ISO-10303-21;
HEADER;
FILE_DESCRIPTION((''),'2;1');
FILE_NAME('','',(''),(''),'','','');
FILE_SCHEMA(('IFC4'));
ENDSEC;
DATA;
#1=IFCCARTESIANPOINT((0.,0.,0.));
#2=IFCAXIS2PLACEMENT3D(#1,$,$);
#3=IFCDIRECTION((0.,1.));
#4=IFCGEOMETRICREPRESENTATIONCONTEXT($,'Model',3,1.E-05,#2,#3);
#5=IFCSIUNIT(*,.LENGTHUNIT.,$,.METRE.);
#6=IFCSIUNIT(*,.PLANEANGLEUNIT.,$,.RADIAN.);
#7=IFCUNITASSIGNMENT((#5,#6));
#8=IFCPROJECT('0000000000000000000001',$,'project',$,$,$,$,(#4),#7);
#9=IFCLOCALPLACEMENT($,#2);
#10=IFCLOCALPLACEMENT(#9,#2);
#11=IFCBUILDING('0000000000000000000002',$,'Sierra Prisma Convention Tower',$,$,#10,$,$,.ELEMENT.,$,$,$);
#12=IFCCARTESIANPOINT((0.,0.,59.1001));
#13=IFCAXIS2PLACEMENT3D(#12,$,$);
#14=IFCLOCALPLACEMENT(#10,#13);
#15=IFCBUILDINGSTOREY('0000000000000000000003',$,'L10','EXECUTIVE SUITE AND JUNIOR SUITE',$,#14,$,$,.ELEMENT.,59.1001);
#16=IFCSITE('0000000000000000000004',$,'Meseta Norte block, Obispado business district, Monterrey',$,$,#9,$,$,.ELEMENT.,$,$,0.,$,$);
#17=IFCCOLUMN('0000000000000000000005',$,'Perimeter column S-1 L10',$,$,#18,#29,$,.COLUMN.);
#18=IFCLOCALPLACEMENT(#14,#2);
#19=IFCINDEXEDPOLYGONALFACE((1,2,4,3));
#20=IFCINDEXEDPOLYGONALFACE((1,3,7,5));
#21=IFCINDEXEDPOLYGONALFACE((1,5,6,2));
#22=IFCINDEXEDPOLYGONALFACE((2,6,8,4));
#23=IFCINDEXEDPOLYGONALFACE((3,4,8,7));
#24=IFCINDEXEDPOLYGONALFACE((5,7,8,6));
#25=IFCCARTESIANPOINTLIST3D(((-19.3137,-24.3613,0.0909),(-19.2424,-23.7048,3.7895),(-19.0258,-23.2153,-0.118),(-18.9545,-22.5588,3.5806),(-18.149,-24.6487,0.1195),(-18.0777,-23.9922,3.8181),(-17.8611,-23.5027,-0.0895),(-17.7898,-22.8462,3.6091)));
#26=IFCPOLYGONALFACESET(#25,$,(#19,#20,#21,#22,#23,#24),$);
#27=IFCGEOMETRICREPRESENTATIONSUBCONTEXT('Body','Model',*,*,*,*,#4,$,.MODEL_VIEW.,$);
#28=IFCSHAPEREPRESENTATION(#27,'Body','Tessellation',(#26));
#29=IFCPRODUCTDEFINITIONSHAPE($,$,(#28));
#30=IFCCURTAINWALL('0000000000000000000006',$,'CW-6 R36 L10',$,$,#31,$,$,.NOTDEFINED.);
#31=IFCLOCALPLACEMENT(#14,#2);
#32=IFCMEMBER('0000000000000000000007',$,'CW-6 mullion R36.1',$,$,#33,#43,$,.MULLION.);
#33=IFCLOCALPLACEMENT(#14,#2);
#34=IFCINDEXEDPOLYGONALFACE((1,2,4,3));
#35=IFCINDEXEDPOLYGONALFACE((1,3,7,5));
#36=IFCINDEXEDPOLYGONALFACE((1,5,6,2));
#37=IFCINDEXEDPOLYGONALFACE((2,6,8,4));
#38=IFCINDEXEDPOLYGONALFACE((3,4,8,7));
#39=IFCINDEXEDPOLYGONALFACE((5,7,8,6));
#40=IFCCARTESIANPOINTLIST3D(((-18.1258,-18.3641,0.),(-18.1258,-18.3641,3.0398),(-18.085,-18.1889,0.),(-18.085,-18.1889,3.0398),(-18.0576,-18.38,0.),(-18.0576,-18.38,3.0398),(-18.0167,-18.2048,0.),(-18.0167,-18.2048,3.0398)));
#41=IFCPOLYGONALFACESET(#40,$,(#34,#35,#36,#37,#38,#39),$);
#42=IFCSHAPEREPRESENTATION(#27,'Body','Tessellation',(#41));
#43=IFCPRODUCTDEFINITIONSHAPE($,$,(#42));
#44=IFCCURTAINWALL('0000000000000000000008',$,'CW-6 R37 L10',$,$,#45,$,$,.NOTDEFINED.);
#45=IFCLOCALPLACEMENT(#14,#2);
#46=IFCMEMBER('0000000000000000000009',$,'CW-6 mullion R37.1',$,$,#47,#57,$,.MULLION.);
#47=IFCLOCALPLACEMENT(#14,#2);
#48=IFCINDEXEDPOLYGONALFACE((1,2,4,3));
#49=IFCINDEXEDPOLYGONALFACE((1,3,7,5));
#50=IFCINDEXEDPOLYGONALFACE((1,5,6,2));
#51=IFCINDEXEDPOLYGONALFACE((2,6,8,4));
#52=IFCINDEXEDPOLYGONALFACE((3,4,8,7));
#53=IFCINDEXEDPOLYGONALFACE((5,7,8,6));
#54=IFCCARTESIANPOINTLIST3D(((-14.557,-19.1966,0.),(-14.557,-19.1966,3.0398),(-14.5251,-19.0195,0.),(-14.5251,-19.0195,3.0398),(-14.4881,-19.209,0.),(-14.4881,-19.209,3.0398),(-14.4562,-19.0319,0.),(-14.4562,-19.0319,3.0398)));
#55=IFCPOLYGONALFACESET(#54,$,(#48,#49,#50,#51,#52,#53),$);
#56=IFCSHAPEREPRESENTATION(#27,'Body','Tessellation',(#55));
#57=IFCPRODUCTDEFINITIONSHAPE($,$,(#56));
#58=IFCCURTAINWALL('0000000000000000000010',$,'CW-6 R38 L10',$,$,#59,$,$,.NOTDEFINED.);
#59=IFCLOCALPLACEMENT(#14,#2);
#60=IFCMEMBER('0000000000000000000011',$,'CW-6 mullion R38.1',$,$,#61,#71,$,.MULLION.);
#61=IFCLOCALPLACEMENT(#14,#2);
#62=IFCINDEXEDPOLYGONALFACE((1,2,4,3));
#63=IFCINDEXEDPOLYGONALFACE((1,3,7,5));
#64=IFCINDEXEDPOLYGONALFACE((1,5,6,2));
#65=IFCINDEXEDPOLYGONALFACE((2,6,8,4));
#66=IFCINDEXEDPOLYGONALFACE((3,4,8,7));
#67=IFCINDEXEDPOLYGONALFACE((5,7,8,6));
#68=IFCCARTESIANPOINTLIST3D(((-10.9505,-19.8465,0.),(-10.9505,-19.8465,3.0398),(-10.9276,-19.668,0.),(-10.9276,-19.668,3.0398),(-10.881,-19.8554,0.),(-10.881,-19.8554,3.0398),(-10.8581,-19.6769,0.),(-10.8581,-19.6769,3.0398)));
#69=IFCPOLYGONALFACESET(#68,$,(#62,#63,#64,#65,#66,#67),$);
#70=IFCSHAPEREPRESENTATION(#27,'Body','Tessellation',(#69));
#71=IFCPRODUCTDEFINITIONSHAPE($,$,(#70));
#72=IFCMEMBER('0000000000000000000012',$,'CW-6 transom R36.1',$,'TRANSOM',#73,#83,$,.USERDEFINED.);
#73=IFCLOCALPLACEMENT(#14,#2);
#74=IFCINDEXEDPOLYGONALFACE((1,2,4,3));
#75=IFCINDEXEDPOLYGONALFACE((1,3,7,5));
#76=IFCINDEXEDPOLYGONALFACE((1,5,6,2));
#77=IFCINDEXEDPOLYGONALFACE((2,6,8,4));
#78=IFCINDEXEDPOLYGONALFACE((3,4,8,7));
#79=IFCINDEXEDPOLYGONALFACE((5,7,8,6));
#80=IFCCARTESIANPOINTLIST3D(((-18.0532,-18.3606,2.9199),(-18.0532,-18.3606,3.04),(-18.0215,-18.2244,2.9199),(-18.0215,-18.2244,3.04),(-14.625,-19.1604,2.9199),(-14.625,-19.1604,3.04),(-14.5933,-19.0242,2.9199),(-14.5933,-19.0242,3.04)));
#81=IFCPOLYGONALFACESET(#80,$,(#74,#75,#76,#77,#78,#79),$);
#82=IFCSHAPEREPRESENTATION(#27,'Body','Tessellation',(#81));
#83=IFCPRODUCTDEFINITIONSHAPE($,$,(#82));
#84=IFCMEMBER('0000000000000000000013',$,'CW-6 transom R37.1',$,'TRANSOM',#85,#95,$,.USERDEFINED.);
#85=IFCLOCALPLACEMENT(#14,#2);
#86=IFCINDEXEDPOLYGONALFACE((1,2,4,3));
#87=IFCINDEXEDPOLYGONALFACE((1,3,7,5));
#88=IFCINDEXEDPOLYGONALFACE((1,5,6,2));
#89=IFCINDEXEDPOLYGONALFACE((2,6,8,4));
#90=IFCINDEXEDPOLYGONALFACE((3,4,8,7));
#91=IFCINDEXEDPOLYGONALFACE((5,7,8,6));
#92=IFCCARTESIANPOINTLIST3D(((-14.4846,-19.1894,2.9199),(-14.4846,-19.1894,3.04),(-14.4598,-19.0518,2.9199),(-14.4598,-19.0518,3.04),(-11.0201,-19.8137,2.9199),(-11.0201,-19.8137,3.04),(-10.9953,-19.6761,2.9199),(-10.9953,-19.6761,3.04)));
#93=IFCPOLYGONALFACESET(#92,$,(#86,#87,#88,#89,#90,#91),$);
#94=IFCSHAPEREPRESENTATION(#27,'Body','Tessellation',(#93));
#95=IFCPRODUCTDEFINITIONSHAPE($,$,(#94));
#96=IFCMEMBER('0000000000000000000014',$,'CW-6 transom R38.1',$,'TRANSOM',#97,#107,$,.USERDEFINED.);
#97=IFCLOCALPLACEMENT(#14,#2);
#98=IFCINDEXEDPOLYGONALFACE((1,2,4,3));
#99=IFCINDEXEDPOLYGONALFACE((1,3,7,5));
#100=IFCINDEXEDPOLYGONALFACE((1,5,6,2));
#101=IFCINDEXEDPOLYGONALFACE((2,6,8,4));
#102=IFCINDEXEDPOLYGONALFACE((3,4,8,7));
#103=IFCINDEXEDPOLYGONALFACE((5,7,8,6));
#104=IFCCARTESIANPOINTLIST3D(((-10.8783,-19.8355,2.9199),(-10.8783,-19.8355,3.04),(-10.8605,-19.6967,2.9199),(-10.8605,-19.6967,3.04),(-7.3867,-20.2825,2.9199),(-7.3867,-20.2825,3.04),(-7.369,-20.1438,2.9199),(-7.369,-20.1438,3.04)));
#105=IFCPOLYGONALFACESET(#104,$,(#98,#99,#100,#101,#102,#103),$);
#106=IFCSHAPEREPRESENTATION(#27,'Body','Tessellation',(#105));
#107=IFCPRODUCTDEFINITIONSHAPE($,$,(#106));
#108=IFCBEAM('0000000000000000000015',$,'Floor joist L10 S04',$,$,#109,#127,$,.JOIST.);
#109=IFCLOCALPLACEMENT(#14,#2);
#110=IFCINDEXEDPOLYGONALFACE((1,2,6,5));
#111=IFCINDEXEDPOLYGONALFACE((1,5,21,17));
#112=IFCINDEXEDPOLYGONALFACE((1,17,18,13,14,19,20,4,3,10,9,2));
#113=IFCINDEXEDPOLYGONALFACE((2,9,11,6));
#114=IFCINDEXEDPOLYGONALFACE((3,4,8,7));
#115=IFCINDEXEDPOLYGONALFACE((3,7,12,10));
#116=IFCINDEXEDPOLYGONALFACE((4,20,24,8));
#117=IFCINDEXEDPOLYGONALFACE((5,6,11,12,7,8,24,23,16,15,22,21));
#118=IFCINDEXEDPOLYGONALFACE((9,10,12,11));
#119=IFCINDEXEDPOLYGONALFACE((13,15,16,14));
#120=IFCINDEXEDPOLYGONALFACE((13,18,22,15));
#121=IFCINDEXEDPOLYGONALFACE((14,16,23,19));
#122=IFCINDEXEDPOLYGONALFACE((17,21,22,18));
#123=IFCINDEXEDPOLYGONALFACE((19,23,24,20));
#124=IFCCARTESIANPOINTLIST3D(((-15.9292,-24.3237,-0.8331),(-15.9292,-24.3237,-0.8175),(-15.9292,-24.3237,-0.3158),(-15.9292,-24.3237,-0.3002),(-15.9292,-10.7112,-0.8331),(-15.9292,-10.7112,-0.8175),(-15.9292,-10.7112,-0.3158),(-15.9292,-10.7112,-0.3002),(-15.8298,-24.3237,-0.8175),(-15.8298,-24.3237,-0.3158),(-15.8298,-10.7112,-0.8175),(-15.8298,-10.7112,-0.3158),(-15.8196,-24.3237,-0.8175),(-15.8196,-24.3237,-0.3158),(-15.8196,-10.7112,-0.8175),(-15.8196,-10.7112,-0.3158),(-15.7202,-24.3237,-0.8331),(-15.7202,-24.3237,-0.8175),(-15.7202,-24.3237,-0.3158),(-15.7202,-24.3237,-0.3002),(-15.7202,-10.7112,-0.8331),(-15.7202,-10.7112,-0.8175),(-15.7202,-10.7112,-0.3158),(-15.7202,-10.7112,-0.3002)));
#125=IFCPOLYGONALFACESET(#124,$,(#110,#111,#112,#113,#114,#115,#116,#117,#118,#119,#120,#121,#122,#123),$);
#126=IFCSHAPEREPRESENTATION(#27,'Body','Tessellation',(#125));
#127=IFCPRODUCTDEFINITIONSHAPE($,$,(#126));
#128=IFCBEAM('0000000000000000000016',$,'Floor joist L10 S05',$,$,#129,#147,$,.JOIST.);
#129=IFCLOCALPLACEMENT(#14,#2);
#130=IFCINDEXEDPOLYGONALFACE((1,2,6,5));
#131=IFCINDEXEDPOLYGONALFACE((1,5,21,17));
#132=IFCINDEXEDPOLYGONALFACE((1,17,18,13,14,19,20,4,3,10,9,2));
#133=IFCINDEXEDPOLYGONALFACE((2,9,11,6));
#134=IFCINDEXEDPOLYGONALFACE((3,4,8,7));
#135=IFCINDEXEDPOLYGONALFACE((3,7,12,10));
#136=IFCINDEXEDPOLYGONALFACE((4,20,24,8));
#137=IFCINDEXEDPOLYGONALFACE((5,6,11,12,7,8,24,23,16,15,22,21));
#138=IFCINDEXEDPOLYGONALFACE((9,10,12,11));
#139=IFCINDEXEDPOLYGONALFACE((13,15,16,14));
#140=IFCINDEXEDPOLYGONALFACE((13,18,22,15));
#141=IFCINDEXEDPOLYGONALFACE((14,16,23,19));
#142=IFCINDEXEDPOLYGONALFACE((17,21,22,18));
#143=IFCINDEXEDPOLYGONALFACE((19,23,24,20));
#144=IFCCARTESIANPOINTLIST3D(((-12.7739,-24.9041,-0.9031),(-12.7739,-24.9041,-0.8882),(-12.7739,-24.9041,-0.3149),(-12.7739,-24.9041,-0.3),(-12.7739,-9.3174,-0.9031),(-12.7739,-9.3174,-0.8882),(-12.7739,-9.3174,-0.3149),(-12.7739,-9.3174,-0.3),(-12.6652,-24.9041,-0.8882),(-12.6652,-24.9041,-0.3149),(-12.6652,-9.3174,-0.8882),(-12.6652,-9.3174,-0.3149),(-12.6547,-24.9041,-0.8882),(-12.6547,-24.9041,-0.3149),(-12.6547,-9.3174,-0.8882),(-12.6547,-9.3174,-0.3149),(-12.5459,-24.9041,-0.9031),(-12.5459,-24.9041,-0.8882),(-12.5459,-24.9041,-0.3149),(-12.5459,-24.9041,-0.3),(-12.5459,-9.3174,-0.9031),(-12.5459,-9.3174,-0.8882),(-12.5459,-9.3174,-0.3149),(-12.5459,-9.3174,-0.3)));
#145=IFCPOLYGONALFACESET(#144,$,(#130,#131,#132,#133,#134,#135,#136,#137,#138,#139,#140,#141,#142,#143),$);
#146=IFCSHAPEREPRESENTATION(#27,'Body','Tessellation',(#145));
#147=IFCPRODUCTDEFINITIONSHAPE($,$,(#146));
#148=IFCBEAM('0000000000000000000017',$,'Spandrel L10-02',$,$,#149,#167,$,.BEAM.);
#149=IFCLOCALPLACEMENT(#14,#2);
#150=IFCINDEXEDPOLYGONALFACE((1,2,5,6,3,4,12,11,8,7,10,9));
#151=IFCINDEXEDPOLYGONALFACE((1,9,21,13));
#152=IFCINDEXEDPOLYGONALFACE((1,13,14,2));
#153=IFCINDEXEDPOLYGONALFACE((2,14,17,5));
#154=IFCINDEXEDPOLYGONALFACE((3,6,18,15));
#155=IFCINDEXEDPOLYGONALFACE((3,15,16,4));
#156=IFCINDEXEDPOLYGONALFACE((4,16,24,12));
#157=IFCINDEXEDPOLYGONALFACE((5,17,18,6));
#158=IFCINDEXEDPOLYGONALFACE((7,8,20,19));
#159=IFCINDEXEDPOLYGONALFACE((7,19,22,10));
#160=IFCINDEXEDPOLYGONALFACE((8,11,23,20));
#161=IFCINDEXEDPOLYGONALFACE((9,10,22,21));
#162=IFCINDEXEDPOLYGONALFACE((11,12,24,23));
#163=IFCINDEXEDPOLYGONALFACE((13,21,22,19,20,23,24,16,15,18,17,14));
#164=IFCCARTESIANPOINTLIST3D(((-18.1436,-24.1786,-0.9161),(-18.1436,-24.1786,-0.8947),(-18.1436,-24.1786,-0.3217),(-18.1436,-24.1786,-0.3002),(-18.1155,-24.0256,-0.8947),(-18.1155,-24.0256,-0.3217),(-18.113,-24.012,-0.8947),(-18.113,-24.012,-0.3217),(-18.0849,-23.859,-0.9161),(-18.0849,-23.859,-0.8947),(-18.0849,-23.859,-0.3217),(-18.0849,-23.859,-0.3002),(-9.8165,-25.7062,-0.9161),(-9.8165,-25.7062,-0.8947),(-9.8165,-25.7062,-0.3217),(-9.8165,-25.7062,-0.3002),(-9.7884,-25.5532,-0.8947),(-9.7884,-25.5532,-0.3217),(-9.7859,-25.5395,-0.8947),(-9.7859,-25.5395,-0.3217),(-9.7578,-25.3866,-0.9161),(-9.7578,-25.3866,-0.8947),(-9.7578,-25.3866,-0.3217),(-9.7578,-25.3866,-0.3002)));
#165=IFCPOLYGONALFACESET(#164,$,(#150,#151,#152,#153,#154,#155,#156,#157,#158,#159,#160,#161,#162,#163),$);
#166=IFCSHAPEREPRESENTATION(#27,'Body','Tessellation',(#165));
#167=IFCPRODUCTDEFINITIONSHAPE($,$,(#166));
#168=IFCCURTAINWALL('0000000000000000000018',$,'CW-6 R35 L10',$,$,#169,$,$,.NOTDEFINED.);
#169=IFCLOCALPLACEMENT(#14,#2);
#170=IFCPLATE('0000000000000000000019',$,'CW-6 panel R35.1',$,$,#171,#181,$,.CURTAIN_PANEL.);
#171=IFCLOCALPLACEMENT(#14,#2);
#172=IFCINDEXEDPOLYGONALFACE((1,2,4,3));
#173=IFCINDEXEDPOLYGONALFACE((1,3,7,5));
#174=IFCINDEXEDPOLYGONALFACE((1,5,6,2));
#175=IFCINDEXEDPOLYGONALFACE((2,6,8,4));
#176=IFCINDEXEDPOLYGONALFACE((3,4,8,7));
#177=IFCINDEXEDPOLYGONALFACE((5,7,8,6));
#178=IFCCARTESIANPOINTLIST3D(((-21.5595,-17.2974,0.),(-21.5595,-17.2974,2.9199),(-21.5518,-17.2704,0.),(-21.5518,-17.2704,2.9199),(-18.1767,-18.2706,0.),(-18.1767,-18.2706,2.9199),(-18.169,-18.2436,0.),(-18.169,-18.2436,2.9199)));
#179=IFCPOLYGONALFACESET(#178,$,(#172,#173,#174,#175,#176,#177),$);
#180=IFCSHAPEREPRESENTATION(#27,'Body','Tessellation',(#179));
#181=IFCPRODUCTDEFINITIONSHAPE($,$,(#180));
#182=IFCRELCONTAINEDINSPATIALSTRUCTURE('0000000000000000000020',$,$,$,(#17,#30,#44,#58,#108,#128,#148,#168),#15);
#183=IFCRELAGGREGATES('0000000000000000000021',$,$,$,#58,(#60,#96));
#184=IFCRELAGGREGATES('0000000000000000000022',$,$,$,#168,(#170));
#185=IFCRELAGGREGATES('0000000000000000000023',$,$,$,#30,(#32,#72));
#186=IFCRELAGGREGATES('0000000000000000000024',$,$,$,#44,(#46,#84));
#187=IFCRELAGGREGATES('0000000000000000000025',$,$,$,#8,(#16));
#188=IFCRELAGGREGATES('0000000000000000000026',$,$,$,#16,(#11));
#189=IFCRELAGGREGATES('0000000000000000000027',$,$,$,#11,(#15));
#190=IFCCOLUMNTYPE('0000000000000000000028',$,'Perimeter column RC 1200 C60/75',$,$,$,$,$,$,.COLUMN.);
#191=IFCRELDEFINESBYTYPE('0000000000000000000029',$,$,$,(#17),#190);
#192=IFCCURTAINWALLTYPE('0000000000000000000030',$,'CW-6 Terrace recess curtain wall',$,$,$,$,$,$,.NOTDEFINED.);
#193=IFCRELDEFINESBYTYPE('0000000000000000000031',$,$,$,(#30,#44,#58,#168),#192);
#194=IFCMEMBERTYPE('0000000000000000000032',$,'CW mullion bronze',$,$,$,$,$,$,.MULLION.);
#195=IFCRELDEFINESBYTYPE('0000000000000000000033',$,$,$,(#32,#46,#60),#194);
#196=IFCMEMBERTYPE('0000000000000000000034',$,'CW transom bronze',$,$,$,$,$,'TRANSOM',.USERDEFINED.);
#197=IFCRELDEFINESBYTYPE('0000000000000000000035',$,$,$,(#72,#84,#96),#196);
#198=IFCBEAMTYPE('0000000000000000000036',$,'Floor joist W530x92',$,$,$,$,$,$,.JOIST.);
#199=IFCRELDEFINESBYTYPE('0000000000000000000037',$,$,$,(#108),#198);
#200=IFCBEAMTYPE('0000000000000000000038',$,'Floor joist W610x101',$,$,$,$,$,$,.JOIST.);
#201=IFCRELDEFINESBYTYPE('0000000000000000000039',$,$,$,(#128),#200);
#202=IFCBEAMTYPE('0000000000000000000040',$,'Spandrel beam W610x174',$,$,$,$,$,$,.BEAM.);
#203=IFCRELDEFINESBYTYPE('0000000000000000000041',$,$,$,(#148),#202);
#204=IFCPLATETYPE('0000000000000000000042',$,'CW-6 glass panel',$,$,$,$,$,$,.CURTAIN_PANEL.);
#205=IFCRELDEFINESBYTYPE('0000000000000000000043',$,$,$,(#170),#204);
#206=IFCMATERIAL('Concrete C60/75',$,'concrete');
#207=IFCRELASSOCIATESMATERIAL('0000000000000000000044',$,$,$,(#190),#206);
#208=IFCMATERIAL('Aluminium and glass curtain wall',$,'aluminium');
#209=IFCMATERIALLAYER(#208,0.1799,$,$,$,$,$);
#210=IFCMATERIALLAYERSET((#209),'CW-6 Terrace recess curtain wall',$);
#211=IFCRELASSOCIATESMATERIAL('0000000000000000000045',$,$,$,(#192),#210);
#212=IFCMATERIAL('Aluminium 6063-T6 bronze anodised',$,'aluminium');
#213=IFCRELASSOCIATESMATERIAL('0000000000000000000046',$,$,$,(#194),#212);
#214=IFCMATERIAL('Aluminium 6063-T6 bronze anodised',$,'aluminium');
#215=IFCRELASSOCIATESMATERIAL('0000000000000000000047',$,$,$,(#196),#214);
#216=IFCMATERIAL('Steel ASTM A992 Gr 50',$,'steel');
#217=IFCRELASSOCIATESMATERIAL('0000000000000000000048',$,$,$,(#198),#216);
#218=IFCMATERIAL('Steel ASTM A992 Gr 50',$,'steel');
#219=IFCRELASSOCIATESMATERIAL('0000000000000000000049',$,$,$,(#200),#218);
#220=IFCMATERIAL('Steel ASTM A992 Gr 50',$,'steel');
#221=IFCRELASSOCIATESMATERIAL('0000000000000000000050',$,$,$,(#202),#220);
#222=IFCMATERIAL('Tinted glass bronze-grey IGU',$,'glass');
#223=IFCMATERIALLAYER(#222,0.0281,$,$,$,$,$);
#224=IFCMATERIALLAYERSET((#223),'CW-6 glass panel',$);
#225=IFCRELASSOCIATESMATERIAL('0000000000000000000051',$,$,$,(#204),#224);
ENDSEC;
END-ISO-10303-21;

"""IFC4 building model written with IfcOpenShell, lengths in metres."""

from ifc_helpers import new_model, si_unit, direction, frame, origin, origin_2d, place, context, subcontext, project, spatial, rectangle, i_section, extrude, clip, halfspace, material, layer, layer_set, material_profile, profile_set, type_object, element, aggregate, save


model = new_model("IFC4")

# Units and contexts
model_context = context("Model", 3, precision=1e-05, world=origin(), true_north=direction((0.0, 1.0)))
body_context = subcontext(model_context, "Body", "Model", "MODEL_VIEW")
ifc_project = project(units=[si_unit("LENGTHUNIT", "METRE"), si_unit("PLANEANGLEUNIT", "RADIAN")], contexts=[model_context])

# Site, building, storey
site_placement = place(None, origin())
site = spatial("IfcSite", under=ifc_project, at=site_placement, Name="Meseta Norte block, Obispado business district, Monterrey", CompositionType="ELEMENT", RefElevation=0.0)
building_placement = place(site_placement, origin())
building = spatial("IfcBuilding", under=site, at=building_placement, Name="Sierra Prisma Convention Tower", CompositionType="ELEMENT")
storey_placement = place(building_placement, frame((0.0, 0.0, 59.1001)))
storey = spatial("IfcBuildingStorey", under=building, at=storey_placement, Name="L10", Description="EXECUTIVE SUITE AND JUNIOR SUITE", CompositionType="ELEMENT", Elevation=59.1001)

# Column
ifc_material_1 = material(Name="Concrete C60/75", Category="concrete")
ifc_material_profile_1 = material_profile(ifc_material_1, rectangle(XDim=1.2, YDim=1.2, at=origin_2d()), Name="Perimeter column RC 1200 C60/75")
ifc_profile_set_1 = profile_set([ifc_material_profile_1], Name="Concrete C60/75")
column_type = type_object("IfcColumnType", Name="Perimeter column RC 1200 C60/75", PredefinedType="COLUMN", material=ifc_profile_set_1)
column_placement = place(storey_placement, frame((-18.5874, -23.9321, 0.0), z_axis=(0.018968, 0.174736, 0.984433), x_axis=(-0.970613, 0.239464, -0.023803)))
element("IfcColumn", 1, at=column_placement, inside=storey, type_object=column_type, Name="Perimeter column S-1 L10", PredefinedType="COLUMN", context=body_context, shape_type="SweptSolid", body=[
    clip(clip(extrude(rectangle(XDim=1.2, YDim=1.2, at=origin_2d()), origin(), (0.0, 0.0, 1.0), 3.7585), halfspace(frame((0.0, 0.0, 0.0007)), True)), halfspace(frame((0.0, 0.0, 3.7578)), False)),
])

# Curtain walls, members
ifc_material_2 = material(Name="Aluminium and glass curtain wall", Category="aluminium")
ifc_layer_1 = layer(ifc_material_2, 0.1799)
ifc_layer_set_1 = layer_set([ifc_layer_1], Name="CW-6 Terrace recess curtain wall")
curtain_wall_type = type_object("IfcCurtainWallType", Name="CW-6 Terrace recess curtain wall", PredefinedType="NOTDEFINED", material=ifc_layer_set_1)
curtain_wall_1_placement = place(storey_placement, origin())
curtain_wall_1 = element("IfcCurtainWall", 2, at=curtain_wall_1_placement, inside=storey, type_object=curtain_wall_type, Name="CW-6 R36 L10", PredefinedType="NOTDEFINED")
ifc_material_3 = material(Name="Aluminium 6063-T6 bronze anodised", Category="aluminium")
ifc_material_profile_2 = material_profile(ifc_material_3, rectangle(XDim=0.1799, YDim=0.0701, at=origin_2d()), Name="ALU MULLION 70x180")
ifc_profile_set_2 = profile_set([ifc_material_profile_2], Name="Aluminium 6063-T6 bronze anodised")
member_type_1 = type_object("IfcMemberType", Name="CW mullion bronze", PredefinedType="MULLION", material=ifc_profile_set_2)
member_1_placement = place(storey_placement, frame((-18.0713, -18.2844, 0.0), z_axis=(0.0, 0.0, 1.0), x_axis=(0.227205, 0.973847, 0.0)))
member_1 = element("IfcMember", 3, at=member_1_placement, type_object=member_type_1, Name="CW-6 mullion R36.1", PredefinedType="MULLION", context=body_context, shape_type="SweptSolid", body=[
    extrude(rectangle(XDim=0.1799, YDim=0.0701, at=origin_2d()), origin(), (0.0, 0.0, 1.0), 3.0398),
])
curtain_wall_2_placement = place(storey_placement, origin())
curtain_wall_2 = element("IfcCurtainWall", 4, at=curtain_wall_2_placement, inside=storey, type_object=curtain_wall_type, Name="CW-6 R37 L10", PredefinedType="NOTDEFINED")
member_2_placement = place(storey_placement, frame((-14.5066, -19.1143, 0.0), z_axis=(0.0, 0.0, 1.0), x_axis=(0.177329, 0.984152, 0.0)))
member_2 = element("IfcMember", 5, at=member_2_placement, type_object=member_type_1, Name="CW-6 mullion R37.1", PredefinedType="MULLION", context=body_context, shape_type="SweptSolid", body=[
    extrude(rectangle(XDim=0.1799, YDim=0.0701, at=origin_2d()), origin(), (0.0, 0.0, 1.0), 3.0398),
])
curtain_wall_3_placement = place(storey_placement, origin())
curtain_wall_3 = element("IfcCurtainWall", 6, at=curtain_wall_3_placement, inside=storey, type_object=curtain_wall_type, Name="CW-6 R38 L10", PredefinedType="NOTDEFINED")
member_3_placement = place(storey_placement, frame((-10.9043, -19.7617, 0.0), z_axis=(0.0, 0.0, 1.0), x_axis=(0.126993, 0.991904, 0.0)))
member_3 = element("IfcMember", 7, at=member_3_placement, type_object=member_type_1, Name="CW-6 mullion R38.1", PredefinedType="MULLION", context=body_context, shape_type="SweptSolid", body=[
    extrude(rectangle(XDim=0.1799, YDim=0.0701, at=origin_2d()), origin(), (0.0, 0.0, 1.0), 3.0398),
])

# Members
ifc_material_4 = material(Name="Aluminium 6063-T6 bronze anodised", Category="aluminium")
ifc_material_profile_3 = material_profile(ifc_material_4, rectangle(XDim=0.1399, YDim=0.1201, at=origin_2d()), Name="ALU TRANSOM 120x140")
ifc_profile_set_3 = profile_set([ifc_material_profile_3], Name="Aluminium 6063-T6 bronze anodised")
member_type_2 = type_object("IfcMemberType", Name="CW transom bronze", ElementType="TRANSOM", PredefinedType="USERDEFINED", material=ifc_profile_set_3)
member_4_placement = place(storey_placement, frame((-18.0374, -18.2925, 2.98), z_axis=(0.973848, -0.227199, 0.0), x_axis=(0.227199, 0.973848, 0.0)))
member_4 = element("IfcMember", 8, at=member_4_placement, type_object=member_type_2, Name="CW-6 transom R36.1", ObjectType="TRANSOM", PredefinedType="USERDEFINED", context=body_context, shape_type="SweptSolid", body=[
    extrude(rectangle(XDim=0.1399, YDim=0.1201, at=origin_2d()), origin(), (0.0, 0.0, 1.0), 3.5203),
])
member_5_placement = place(storey_placement, frame((-14.4722, -19.1206, 2.98), z_axis=(0.984149, -0.177341, 0.0), x_axis=(0.177341, 0.984149, 0.0)))
member_5 = element("IfcMember", 9, at=member_5_placement, type_object=member_type_2, Name="CW-6 transom R37.1", ObjectType="TRANSOM", PredefinedType="USERDEFINED", context=body_context, shape_type="SweptSolid", body=[
    extrude(rectangle(XDim=0.1399, YDim=0.1201, at=origin_2d()), origin(), (0.0, 0.0, 1.0), 3.5203),
])
member_6_placement = place(storey_placement, frame((-10.8694, -19.7661, 2.98), z_axis=(0.991903, -0.126996, 0.0), x_axis=(0.126996, 0.991903, 0.0)))
member_6 = element("IfcMember", 10, at=member_6_placement, type_object=member_type_2, Name="CW-6 transom R38.1", ObjectType="TRANSOM", PredefinedType="USERDEFINED", context=body_context, shape_type="SweptSolid", body=[
    extrude(rectangle(XDim=0.1399, YDim=0.1201, at=origin_2d()), origin(), (0.0, 0.0, 1.0), 3.52),
])
aggregate(curtain_wall_3, [member_3, member_6])

# Beams
ifc_material_5 = material(Name="Steel ASTM A992 Gr 50", Category="steel")
ifc_material_profile_4 = material_profile(ifc_material_5, i_section(OverallWidth=0.209, OverallDepth=0.533, WebThickness=0.0103, FlangeThickness=0.0156, at=origin_2d()), Name="W530x92")
ifc_profile_set_4 = profile_set([ifc_material_profile_4], Name="Steel ASTM A992 Gr 50")
beam_type_1 = type_object("IfcBeamType", Name="Floor joist W530x92", PredefinedType="JOIST", material=ifc_profile_set_4)
beam_1_placement = place(storey_placement, frame((-15.8247, -24.3237, -0.5667), z_axis=(0.0, 1.0, 0.0), x_axis=(-1.0, 0.0, 0.0)))
element("IfcBeam", 11, at=beam_1_placement, inside=storey, type_object=beam_type_1, Name="Floor joist L10 S04", PredefinedType="JOIST", context=body_context, shape_type="SweptSolid", body=[
    extrude(i_section(OverallWidth=0.209, OverallDepth=0.533, WebThickness=0.0103, FlangeThickness=0.0156, at=origin_2d()), origin(), (0.0, 0.0, 1.0), 13.6125),
])
ifc_material_6 = material(Name="Steel ASTM A992 Gr 50", Category="steel")
ifc_material_profile_5 = material_profile(ifc_material_6, i_section(OverallWidth=0.228, OverallDepth=0.603, WebThickness=0.0105, FlangeThickness=0.0149, at=origin_2d()), Name="W610x101")
ifc_profile_set_5 = profile_set([ifc_material_profile_5], Name="Steel ASTM A992 Gr 50")
beam_type_2 = type_object("IfcBeamType", Name="Floor joist W610x101", PredefinedType="JOIST", material=ifc_profile_set_5)
beam_2_placement = place(storey_placement, frame((-12.6599, -24.9041, -0.6016), z_axis=(0.0, 1.0, 0.0), x_axis=(-1.0, 0.0, 0.0)))
element("IfcBeam", 12, at=beam_2_placement, inside=storey, type_object=beam_type_2, Name="Floor joist L10 S05", PredefinedType="JOIST", context=body_context, shape_type="SweptSolid", body=[
    extrude(i_section(OverallWidth=0.228, OverallDepth=0.603, WebThickness=0.0105, FlangeThickness=0.0149, at=origin_2d()), origin(), (0.0, 0.0, 1.0), 15.5867),
])
ifc_material_7 = material(Name="Steel ASTM A992 Gr 50", Category="steel")
ifc_material_profile_6 = material_profile(ifc_material_7, i_section(OverallWidth=0.325, OverallDepth=0.616, WebThickness=0.0139, FlangeThickness=0.0215, at=origin_2d()), Name="W610x174")
ifc_profile_set_6 = profile_set([ifc_material_profile_6], Name="Steel ASTM A992 Gr 50")
beam_type_3 = type_object("IfcBeamType", Name="Spandrel beam W610x174", PredefinedType="BEAM", material=ifc_profile_set_6)
beam_3_placement = place(storey_placement, frame((-18.1143, -24.0188, -0.6082), z_axis=(0.983587, -0.180436, 0.0), x_axis=(0.180436, 0.983587, 0.0)))
element("IfcBeam", 13, at=beam_3_placement, inside=storey, type_object=beam_type_3, Name="Spandrel L10-02", PredefinedType="BEAM", context=body_context, shape_type="SweptSolid", body=[
    extrude(i_section(OverallWidth=0.325, OverallDepth=0.616, WebThickness=0.0139, FlangeThickness=0.0215, at=origin_2d()), origin(), (0.0, 0.0, 1.0), 8.4661),
])

# Curtain wall, plate
curtain_wall_4_placement = place(storey_placement, origin())
curtain_wall_4 = element("IfcCurtainWall", 14, at=curtain_wall_4_placement, inside=storey, type_object=curtain_wall_type, Name="CW-6 R35 L10", PredefinedType="NOTDEFINED")
ifc_material_8 = material(Name="Tinted glass bronze-grey IGU", Category="glass")
ifc_layer_2 = layer(ifc_material_8, 0.0281)
ifc_layer_set_2 = layer_set([ifc_layer_2], Name="CW-6 glass panel")
plate_type = type_object("IfcPlateType", Name="CW-6 glass panel", PredefinedType="CURTAIN_PANEL", material=ifc_layer_set_2)
plate_1_placement = place(storey_placement, frame((-19.8643, -17.7705, 0.0), z_axis=(0.0, 0.0, 1.0), x_axis=(0.961016, -0.276492, 0.0)))
plate_1 = element("IfcPlate", 15, at=plate_1_placement, type_object=plate_type, Name="CW-6 panel R35.1", PredefinedType="CURTAIN_PANEL", context=body_context, shape_type="SweptSolid", body=[
    extrude(rectangle(XDim=3.52, YDim=0.0281, at=origin_2d()), origin(), (0.0, 0.0, 1.0), 2.9199),
])
aggregate(curtain_wall_4, [plate_1])

aggregate(curtain_wall_1, [member_1, member_4])
aggregate(curtain_wall_2, [member_2, member_5])

save(model, "model.ifc")
